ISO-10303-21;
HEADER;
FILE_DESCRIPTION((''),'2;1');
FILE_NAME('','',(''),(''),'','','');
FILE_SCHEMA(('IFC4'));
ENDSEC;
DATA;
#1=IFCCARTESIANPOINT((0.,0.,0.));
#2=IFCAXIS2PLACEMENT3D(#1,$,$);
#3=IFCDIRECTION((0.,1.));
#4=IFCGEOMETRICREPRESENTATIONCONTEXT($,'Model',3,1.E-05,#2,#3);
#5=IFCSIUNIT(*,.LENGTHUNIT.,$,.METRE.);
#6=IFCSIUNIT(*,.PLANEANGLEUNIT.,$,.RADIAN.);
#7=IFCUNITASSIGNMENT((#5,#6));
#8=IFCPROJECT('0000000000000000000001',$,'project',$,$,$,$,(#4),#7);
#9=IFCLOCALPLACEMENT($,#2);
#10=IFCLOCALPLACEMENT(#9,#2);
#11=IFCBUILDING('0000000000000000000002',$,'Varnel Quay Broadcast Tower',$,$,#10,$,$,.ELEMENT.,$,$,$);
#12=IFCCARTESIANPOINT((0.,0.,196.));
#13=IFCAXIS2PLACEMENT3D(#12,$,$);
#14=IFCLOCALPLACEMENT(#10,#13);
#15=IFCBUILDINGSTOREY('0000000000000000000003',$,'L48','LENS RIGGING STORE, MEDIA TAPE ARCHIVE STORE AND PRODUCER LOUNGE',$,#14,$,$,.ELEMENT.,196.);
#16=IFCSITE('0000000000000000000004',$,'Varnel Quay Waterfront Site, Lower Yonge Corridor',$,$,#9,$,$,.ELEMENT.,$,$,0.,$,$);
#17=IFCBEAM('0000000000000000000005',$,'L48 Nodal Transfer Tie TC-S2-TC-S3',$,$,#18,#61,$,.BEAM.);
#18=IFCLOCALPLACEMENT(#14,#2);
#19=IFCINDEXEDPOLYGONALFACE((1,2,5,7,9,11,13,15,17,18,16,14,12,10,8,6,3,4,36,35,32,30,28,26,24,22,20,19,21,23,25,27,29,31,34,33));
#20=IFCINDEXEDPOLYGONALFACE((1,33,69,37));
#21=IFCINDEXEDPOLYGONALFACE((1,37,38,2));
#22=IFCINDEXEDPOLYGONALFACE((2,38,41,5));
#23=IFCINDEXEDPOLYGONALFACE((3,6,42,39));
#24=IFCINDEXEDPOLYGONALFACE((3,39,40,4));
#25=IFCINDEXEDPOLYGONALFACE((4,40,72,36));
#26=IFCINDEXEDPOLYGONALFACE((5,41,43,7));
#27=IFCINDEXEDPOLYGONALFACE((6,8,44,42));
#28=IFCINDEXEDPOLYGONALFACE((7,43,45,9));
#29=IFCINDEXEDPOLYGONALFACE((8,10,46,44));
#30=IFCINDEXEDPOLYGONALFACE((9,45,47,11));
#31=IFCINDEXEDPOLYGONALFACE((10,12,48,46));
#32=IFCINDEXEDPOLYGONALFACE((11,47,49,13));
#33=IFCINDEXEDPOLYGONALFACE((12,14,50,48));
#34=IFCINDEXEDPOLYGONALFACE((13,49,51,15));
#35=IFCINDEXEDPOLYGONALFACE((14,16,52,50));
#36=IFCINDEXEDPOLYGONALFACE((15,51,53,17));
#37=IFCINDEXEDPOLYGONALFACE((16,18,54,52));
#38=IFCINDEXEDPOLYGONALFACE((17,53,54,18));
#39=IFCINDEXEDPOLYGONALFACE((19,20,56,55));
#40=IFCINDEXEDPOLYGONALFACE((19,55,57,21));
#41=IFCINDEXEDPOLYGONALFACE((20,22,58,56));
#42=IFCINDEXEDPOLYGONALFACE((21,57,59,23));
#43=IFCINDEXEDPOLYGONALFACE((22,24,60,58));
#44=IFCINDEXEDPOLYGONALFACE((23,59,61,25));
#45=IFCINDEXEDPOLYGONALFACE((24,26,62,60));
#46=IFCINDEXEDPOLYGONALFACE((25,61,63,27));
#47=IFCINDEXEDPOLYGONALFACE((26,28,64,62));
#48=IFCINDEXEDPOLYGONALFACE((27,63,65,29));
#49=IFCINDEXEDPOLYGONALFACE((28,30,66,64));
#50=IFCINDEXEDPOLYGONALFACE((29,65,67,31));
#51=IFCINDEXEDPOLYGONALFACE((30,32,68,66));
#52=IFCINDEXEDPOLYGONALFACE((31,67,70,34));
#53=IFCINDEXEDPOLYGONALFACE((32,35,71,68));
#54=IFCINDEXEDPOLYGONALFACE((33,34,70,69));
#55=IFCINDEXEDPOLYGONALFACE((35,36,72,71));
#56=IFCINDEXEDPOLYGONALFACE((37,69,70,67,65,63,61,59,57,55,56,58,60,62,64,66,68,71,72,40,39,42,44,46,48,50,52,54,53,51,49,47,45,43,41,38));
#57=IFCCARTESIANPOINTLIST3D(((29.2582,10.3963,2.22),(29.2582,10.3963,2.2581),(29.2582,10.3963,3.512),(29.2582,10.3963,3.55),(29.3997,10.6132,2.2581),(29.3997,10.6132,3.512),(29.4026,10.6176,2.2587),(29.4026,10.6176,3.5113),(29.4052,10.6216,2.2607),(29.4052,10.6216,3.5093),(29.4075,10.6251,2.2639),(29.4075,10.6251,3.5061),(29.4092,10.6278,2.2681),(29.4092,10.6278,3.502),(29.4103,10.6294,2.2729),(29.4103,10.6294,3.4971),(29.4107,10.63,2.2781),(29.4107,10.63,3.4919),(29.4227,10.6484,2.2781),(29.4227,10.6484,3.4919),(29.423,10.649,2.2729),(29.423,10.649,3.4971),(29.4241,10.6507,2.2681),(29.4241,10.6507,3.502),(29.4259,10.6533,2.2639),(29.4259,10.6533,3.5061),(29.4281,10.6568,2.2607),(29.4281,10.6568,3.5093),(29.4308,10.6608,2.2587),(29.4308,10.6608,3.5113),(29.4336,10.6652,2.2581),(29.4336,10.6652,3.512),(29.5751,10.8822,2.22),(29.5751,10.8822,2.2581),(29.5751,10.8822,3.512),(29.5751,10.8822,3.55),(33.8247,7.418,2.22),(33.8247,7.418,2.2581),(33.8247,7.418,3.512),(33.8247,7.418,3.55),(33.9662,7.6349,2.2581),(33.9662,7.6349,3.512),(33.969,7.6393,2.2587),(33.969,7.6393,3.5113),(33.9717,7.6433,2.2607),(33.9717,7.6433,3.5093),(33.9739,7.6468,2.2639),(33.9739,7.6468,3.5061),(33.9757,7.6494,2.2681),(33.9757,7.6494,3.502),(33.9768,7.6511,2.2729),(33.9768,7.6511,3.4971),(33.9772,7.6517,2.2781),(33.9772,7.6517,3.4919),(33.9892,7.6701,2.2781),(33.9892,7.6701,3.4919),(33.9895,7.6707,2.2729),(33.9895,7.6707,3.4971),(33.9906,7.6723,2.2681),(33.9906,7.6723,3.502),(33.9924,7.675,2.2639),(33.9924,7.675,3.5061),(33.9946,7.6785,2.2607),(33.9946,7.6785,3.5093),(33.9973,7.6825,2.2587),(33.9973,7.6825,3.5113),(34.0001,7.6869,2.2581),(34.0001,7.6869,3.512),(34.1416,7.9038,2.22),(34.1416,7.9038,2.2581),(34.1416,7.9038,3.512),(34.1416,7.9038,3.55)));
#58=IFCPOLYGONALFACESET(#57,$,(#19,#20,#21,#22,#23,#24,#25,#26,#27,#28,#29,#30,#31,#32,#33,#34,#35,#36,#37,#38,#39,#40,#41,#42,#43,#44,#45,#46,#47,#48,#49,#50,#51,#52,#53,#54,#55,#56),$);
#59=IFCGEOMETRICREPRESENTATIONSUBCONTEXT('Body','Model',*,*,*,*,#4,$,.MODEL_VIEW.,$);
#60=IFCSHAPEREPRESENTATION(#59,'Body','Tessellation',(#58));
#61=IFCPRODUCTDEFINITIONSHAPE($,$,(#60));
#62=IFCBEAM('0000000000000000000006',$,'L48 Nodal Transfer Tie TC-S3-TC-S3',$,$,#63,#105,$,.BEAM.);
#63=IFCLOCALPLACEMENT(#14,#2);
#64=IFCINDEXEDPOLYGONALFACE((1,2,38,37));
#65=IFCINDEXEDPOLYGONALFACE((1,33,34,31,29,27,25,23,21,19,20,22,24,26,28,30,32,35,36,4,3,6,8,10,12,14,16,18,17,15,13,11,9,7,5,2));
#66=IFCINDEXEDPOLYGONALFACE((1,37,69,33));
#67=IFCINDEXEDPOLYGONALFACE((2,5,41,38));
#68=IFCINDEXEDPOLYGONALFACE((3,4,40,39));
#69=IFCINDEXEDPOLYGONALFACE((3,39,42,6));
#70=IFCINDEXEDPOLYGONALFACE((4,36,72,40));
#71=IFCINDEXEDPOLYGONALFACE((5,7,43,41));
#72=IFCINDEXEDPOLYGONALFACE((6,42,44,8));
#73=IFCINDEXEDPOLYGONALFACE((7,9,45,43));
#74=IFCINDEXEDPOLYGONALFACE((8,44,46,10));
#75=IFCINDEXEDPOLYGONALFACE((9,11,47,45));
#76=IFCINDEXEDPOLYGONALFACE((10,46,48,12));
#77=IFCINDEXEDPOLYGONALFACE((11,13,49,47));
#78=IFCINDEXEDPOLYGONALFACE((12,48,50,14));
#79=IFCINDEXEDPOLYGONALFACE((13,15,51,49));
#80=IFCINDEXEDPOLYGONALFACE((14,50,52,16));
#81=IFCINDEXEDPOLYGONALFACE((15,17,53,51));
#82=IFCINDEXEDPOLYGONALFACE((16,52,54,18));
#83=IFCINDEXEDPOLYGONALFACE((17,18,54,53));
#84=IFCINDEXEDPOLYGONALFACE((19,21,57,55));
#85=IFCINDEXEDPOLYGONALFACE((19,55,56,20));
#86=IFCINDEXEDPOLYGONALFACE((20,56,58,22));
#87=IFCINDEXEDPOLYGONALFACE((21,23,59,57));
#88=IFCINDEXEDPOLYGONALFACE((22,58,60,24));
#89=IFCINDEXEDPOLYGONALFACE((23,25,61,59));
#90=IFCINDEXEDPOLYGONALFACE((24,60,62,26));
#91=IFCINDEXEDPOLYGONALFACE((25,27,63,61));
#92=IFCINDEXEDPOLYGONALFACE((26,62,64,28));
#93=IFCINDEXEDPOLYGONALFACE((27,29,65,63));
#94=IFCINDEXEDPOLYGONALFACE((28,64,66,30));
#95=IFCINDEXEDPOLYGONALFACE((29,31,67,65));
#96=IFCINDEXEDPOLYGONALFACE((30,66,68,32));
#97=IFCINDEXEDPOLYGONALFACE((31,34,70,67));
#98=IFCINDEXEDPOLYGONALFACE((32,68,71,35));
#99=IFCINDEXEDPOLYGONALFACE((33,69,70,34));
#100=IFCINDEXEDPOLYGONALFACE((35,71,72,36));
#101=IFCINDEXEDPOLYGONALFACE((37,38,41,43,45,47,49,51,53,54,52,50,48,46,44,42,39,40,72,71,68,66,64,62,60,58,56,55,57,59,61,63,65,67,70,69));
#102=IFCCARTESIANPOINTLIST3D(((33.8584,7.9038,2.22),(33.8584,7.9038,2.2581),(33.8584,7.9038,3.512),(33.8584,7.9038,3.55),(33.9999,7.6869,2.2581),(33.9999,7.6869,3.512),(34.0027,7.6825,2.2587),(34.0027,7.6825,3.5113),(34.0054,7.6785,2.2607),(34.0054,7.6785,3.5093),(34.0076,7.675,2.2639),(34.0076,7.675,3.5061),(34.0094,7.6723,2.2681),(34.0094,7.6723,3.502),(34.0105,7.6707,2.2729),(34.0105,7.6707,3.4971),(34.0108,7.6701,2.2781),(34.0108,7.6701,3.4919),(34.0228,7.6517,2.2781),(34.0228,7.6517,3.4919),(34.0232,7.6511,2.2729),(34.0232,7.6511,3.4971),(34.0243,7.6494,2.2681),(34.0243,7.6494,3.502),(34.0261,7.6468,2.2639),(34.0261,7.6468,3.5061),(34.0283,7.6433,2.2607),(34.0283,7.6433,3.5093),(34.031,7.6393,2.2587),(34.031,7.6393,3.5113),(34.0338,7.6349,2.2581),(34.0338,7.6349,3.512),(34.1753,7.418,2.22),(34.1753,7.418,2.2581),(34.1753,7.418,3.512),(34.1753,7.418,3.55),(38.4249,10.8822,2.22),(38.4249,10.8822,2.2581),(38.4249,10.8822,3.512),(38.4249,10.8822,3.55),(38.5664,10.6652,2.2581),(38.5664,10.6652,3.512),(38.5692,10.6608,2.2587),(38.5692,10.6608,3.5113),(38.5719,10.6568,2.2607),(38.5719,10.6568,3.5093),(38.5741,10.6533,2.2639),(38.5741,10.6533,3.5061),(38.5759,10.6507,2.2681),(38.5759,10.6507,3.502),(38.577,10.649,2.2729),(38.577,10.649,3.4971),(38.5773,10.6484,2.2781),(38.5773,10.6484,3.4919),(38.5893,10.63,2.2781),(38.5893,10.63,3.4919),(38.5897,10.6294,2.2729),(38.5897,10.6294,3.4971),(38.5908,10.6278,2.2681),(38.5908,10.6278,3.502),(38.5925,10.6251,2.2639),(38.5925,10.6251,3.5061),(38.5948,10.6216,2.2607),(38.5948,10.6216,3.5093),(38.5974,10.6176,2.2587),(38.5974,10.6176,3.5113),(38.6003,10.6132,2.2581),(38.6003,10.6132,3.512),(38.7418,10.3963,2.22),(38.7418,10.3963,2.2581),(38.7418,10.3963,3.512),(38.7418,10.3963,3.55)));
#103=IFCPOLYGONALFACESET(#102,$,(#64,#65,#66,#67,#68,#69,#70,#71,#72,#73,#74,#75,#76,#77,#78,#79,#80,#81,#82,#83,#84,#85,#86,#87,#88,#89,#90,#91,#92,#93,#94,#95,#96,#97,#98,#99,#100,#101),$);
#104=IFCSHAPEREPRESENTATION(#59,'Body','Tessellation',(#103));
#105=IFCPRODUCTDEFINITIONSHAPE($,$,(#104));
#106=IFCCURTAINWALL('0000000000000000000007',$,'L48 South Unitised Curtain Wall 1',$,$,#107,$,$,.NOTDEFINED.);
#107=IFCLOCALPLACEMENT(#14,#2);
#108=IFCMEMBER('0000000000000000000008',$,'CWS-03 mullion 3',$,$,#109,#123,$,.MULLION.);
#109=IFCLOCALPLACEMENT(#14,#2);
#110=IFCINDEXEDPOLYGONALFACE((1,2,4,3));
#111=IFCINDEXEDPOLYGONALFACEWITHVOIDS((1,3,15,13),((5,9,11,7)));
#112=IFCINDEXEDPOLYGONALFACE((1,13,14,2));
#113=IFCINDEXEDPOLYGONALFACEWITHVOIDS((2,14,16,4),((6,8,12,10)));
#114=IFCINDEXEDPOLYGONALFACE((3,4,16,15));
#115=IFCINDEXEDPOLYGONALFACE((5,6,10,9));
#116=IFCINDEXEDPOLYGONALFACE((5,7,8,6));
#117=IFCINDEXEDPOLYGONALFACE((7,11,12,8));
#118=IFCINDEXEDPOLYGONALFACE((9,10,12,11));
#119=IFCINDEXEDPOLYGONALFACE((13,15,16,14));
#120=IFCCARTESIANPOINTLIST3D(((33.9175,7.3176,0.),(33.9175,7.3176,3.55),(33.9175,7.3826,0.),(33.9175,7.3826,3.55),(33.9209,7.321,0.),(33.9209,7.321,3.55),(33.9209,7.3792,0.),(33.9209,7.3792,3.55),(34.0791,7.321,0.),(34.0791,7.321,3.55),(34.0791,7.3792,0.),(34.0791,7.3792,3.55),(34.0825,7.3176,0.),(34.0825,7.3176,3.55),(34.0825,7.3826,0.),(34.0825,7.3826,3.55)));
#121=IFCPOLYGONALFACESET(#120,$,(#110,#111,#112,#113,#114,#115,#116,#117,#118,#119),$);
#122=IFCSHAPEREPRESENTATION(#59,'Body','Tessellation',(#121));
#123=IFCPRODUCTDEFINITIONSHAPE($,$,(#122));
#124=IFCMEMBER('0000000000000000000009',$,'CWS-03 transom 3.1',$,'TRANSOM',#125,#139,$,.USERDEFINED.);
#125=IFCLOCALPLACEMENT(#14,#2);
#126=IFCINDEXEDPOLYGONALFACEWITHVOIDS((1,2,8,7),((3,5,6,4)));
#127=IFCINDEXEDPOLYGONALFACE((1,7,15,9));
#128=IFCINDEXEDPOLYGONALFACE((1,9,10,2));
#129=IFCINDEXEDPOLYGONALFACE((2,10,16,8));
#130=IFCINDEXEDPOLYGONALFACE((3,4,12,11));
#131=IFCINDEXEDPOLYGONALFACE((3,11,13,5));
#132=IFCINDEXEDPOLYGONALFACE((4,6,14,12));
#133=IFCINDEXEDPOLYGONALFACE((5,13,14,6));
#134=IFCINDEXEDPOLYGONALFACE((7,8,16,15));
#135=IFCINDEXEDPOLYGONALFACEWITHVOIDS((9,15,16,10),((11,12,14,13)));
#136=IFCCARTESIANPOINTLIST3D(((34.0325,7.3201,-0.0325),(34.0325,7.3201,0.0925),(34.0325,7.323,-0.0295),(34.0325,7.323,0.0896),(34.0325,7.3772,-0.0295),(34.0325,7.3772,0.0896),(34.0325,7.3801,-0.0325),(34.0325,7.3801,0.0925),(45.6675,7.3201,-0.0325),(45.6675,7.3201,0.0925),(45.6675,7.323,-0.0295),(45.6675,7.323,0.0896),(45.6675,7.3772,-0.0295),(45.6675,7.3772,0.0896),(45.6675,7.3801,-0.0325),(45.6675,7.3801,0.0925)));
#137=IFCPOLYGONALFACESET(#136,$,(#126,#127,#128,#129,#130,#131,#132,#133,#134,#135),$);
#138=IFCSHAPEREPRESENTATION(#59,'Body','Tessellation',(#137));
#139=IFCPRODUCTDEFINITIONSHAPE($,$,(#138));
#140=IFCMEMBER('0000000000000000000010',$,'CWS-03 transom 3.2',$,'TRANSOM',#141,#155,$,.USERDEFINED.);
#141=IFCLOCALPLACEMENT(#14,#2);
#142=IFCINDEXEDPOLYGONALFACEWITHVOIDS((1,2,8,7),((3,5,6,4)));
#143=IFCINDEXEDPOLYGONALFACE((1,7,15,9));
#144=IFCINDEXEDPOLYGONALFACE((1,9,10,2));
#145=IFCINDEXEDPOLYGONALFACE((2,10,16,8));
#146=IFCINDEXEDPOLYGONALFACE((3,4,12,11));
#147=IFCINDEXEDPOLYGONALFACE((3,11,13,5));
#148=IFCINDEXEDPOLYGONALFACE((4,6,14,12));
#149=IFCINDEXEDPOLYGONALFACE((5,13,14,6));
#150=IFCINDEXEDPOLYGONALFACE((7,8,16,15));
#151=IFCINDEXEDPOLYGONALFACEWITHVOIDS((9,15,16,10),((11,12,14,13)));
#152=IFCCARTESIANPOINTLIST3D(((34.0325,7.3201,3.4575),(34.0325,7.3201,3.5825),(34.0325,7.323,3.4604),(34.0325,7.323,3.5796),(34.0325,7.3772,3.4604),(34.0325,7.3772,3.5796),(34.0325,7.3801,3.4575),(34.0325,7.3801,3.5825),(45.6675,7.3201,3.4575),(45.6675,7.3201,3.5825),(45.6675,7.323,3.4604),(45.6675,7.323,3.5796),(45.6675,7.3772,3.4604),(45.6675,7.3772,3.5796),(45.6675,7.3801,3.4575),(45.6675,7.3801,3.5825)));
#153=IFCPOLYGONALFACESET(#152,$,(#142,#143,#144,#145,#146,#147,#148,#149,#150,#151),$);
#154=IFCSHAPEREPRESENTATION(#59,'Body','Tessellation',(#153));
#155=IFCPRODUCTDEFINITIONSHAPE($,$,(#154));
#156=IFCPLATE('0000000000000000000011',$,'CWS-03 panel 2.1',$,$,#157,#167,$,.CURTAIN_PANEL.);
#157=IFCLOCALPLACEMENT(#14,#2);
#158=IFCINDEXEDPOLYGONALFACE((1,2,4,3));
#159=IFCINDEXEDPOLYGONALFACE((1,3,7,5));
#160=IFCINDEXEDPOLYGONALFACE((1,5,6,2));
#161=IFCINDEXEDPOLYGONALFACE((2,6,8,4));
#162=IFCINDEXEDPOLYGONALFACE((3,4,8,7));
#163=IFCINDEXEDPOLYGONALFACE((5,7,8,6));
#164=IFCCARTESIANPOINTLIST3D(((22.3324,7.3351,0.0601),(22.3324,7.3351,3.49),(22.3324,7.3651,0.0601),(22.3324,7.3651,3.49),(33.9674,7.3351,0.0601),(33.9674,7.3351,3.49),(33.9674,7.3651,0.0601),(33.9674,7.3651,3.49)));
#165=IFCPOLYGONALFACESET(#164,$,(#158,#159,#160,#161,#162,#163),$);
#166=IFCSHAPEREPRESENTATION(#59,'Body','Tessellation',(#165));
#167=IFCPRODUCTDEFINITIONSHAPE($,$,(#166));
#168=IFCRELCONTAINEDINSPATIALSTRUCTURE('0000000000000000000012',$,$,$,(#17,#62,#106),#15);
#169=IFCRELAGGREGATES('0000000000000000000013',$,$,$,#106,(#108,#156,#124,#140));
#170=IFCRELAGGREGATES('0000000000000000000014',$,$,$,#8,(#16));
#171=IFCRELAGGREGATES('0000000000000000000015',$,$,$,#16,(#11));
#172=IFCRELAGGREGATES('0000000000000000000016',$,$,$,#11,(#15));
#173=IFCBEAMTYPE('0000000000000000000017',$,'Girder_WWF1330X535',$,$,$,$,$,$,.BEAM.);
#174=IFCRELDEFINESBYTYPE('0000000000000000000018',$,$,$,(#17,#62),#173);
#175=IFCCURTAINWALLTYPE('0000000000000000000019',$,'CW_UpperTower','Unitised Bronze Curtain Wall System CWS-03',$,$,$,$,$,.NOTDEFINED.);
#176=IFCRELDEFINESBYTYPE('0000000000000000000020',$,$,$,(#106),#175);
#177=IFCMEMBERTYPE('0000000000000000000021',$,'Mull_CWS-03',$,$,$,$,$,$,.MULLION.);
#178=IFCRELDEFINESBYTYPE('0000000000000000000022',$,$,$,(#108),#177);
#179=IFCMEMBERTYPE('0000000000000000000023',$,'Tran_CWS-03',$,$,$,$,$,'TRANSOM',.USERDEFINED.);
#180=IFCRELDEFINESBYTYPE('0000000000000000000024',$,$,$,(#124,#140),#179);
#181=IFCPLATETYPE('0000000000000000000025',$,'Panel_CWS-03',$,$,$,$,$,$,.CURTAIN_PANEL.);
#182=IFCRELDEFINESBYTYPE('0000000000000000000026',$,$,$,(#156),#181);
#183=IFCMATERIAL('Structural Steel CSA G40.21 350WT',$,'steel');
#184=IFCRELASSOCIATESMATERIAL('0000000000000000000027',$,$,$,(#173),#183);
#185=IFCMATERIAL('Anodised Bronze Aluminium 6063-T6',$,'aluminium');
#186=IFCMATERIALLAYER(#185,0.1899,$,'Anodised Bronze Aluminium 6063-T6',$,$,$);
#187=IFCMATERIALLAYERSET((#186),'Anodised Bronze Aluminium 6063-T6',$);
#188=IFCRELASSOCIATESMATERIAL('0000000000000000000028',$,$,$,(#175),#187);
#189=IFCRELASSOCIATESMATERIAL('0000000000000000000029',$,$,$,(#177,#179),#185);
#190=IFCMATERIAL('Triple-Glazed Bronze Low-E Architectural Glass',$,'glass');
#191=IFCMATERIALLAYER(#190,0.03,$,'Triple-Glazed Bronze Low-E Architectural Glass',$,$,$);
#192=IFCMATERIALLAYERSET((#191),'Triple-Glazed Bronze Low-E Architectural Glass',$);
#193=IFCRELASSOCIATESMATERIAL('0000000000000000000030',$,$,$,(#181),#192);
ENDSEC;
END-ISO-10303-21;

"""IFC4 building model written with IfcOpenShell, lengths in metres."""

from ifc_helpers import new_model, si_unit, direction, frame, origin, origin_2d, place, context, subcontext, project, spatial, rectangle, hollow_rectangle, i_section, extrude, source, transform, mapped, material, layer, layer_set, material_profile, profile_set, type_object, type_shapes, element, aggregate, save


model = new_model("IFC4")

# Units and contexts
model_context = context("Model", 3, precision=1e-05, world=origin(), true_north=direction((0.0, 1.0)))
body_context = subcontext(model_context, "Body", "Model", "MODEL_VIEW")
ifc_project = project(units=[si_unit("LENGTHUNIT", "METRE"), si_unit("PLANEANGLEUNIT", "RADIAN")], contexts=[model_context])

# Site, building, storey
site_placement = place(None, origin())
site = spatial("IfcSite", under=ifc_project, at=site_placement, Name="Varnel Quay Waterfront Site, Lower Yonge Corridor", CompositionType="ELEMENT", RefElevation=0.0)
building_placement = place(site_placement, origin())
building = spatial("IfcBuilding", under=site, at=building_placement, Name="Varnel Quay Broadcast Tower", CompositionType="ELEMENT")
storey_placement = place(building_placement, frame((0.0, 0.0, 196.0)))
storey = spatial("IfcBuildingStorey", under=building, at=storey_placement, Name="L48", Description="LENS RIGGING STORE, MEDIA TAPE ARCHIVE STORE AND PRODUCER LOUNGE", CompositionType="ELEMENT", Elevation=196.0)

# Beams
ifc_material_1 = material(Name="Structural Steel CSA G40.21 350WT", Category="steel")
ifc_material_profile_1 = material_profile(ifc_material_1, i_section(OverallWidth=0.5801, OverallDepth=1.3301, WebThickness=0.022, FlangeThickness=0.0381, FilletRadius=0.02, at=origin_2d()), Name="WWF1330X535")
ifc_profile_set_1 = profile_set([ifc_material_profile_1], Name="Structural Steel CSA G40.21 350WT")
beam_type_1 = type_object("IfcBeamType", Name="Girder_WWF1330X535", PredefinedType="BEAM", material=ifc_profile_set_1)
shared_shape_1 = source(origin(), body_context, "Body", "SweptSolid", [
    extrude(i_section(OverallWidth=0.5801, OverallDepth=1.3301, WebThickness=0.022, FlangeThickness=0.0381, FilletRadius=0.02, at=origin_2d()), origin(), (0.0, 0.0, 1.0), 5.4519),
])
for number, where, z_axis, x_axis, name in (
    (1, (33.9832, 7.6609, 2.885), (-0.837595, 0.546291, 0.0), (-0.546291, -0.837595, 0.0), "L48 Nodal Transfer Tie TC-S2-TC-S3"),
    (2, (34.0168, 7.6609, 2.885), (0.837595, 0.546291, 0.0), (-0.546291, 0.837595, 0.0), "L48 Nodal Transfer Tie TC-S3-TC-S3"),
):
    element("IfcBeam", number, at=place(storey_placement, frame(where, z_axis=z_axis, x_axis=x_axis)), inside=storey, type_object=beam_type_1, Name=name, PredefinedType="BEAM", context=body_context, shape_type="MappedRepresentation", body=[
        mapped(shared_shape_1, transform((0.0, 0.0, 0.0), x_axis=(1.0, 0.0, 0.0), y_axis=(0.0, 1.0, 0.0), z_axis=(0.0, 0.0, 1.0), scale=1.0)),
    ])

# Curtain wall, members, plate
ifc_material_2 = material(Name="Anodised Bronze Aluminium 6063-T6", Category="aluminium")
ifc_layer_1 = layer(ifc_material_2, 0.1899, Name="Anodised Bronze Aluminium 6063-T6")
ifc_layer_set_1 = layer_set([ifc_layer_1], Name="Anodised Bronze Aluminium 6063-T6")
curtain_wall_type = type_object("IfcCurtainWallType", Name="CW_UpperTower", Description="Unitised Bronze Curtain Wall System CWS-03", PredefinedType="NOTDEFINED", material=ifc_layer_set_1)
curtain_wall_placement = place(storey_placement, origin())
curtain_wall = element("IfcCurtainWall", 3, at=curtain_wall_placement, inside=storey, type_object=curtain_wall_type, Name="L48 South Unitised Curtain Wall 1", PredefinedType="NOTDEFINED")
ifc_material_profile_2 = material_profile(ifc_material_2, hollow_rectangle(XDim=0.0649, YDim=0.165, WallThickness=0.0034, at=origin_2d()), Name="ALU65X165X3.5")
ifc_profile_set_2 = profile_set([ifc_material_profile_2], Name="Anodised Bronze Aluminium 6063-T6")
member_type_1 = type_object("IfcMemberType", Name="Mull_CWS-03", PredefinedType="MULLION", material=ifc_profile_set_2)
shared_shape_2 = source(origin(), body_context, "Body", "SweptSolid", [
    extrude(hollow_rectangle(XDim=0.0649, YDim=0.165, WallThickness=0.0034, at=origin_2d()), origin(), (0.0, 0.0, 1.0), 3.55),
])
type_shapes(member_type_1, [shared_shape_2])
member_1_placement = place(storey_placement, frame((34.0, 7.3501, 0.0), z_axis=(0.0, 0.0, 1.0), x_axis=(0.0, 1.0, 0.0)))
member_1 = element("IfcMember", 4, at=member_1_placement, type_object=member_type_1, Name="CWS-03 mullion 3", PredefinedType="MULLION", context=body_context, shape_type="MappedRepresentation", body=[
    mapped(shared_shape_2, transform((0.0, 0.0, 0.0), x_axis=(1.0, 0.0, 0.0), y_axis=(0.0, 1.0, 0.0), z_axis=(0.0, 0.0, 1.0), scale=1.0)),
])
ifc_material_profile_3 = material_profile(ifc_material_2, hollow_rectangle(XDim=0.0601, YDim=0.125, WallThickness=0.0029, at=origin_2d()), Name="ALU60X125X3")
ifc_profile_set_3 = profile_set([ifc_material_profile_3], Name="Anodised Bronze Aluminium 6063-T6")
member_type_2 = type_object("IfcMemberType", Name="Tran_CWS-03", ElementType="TRANSOM", PredefinedType="USERDEFINED", material=ifc_profile_set_3)
shared_shape_3 = source(origin(), body_context, "Body", "SweptSolid", [
    extrude(hollow_rectangle(XDim=0.0601, YDim=0.125, WallThickness=0.0029, at=origin_2d()), origin(), (0.0, 0.0, 1.0), 11.635),
])
type_shapes(member_type_2, [shared_shape_3])
member_2_placement = place(storey_placement, frame((34.0325, 7.3501, 0.03), z_axis=(1.0, 0.0, 0.0), x_axis=(0.0, 1.0, 0.0)))
member_2 = element("IfcMember", 5, at=member_2_placement, type_object=member_type_2, Name="CWS-03 transom 3.1", ObjectType="TRANSOM", PredefinedType="USERDEFINED", context=body_context, shape_type="MappedRepresentation", body=[
    mapped(shared_shape_3, transform((0.0, 0.0, 0.0), x_axis=(1.0, 0.0, 0.0), y_axis=(0.0, 1.0, 0.0), z_axis=(0.0, 0.0, 1.0), scale=1.0)),
])
member_3_placement = place(storey_placement, frame((34.0325, 7.3501, 3.52), z_axis=(1.0, 0.0, 0.0), x_axis=(0.0, 1.0, 0.0)))
member_3 = element("IfcMember", 6, at=member_3_placement, type_object=member_type_2, Name="CWS-03 transom 3.2", ObjectType="TRANSOM", PredefinedType="USERDEFINED", context=body_context, shape_type="MappedRepresentation", body=[
    mapped(shared_shape_3, transform((0.0, 0.0, 0.0), x_axis=(1.0, 0.0, 0.0), y_axis=(0.0, 1.0, 0.0), z_axis=(0.0, 0.0, 1.0), scale=1.0)),
])
ifc_material_3 = material(Name="Triple-Glazed Bronze Low-E Architectural Glass", Category="glass")
ifc_layer_2 = layer(ifc_material_3, 0.03, Name="Triple-Glazed Bronze Low-E Architectural Glass")
ifc_layer_set_2 = layer_set([ifc_layer_2], Name="Triple-Glazed Bronze Low-E Architectural Glass")
plate_type = type_object("IfcPlateType", Name="Panel_CWS-03", PredefinedType="CURTAIN_PANEL", material=ifc_layer_set_2)
shared_shape_4 = source(origin(), body_context, "Body", "SweptSolid", [
    extrude(rectangle(XDim=11.635, YDim=0.03, at=origin_2d()), origin(), (0.0, 0.0, 1.0), 3.4299),
])
type_shapes(plate_type, [shared_shape_4])
plate_placement = place(storey_placement, frame((28.1499, 7.3501, 0.0601), z_axis=(0.0, 0.0, 1.0), x_axis=(1.0, 0.0, 0.0)))
plate = element("IfcPlate", 7, at=plate_placement, type_object=plate_type, Name="CWS-03 panel 2.1", PredefinedType="CURTAIN_PANEL", context=body_context, shape_type="MappedRepresentation", body=[
    mapped(shared_shape_4, transform((0.0, 0.0, 0.0), x_axis=(1.0, 0.0, 0.0), y_axis=(0.0, 1.0, 0.0), z_axis=(0.0, 0.0, 1.0), scale=1.0)),
])
aggregate(curtain_wall, [member_1, plate, member_2, member_3])

save(model, "model.ifc")
